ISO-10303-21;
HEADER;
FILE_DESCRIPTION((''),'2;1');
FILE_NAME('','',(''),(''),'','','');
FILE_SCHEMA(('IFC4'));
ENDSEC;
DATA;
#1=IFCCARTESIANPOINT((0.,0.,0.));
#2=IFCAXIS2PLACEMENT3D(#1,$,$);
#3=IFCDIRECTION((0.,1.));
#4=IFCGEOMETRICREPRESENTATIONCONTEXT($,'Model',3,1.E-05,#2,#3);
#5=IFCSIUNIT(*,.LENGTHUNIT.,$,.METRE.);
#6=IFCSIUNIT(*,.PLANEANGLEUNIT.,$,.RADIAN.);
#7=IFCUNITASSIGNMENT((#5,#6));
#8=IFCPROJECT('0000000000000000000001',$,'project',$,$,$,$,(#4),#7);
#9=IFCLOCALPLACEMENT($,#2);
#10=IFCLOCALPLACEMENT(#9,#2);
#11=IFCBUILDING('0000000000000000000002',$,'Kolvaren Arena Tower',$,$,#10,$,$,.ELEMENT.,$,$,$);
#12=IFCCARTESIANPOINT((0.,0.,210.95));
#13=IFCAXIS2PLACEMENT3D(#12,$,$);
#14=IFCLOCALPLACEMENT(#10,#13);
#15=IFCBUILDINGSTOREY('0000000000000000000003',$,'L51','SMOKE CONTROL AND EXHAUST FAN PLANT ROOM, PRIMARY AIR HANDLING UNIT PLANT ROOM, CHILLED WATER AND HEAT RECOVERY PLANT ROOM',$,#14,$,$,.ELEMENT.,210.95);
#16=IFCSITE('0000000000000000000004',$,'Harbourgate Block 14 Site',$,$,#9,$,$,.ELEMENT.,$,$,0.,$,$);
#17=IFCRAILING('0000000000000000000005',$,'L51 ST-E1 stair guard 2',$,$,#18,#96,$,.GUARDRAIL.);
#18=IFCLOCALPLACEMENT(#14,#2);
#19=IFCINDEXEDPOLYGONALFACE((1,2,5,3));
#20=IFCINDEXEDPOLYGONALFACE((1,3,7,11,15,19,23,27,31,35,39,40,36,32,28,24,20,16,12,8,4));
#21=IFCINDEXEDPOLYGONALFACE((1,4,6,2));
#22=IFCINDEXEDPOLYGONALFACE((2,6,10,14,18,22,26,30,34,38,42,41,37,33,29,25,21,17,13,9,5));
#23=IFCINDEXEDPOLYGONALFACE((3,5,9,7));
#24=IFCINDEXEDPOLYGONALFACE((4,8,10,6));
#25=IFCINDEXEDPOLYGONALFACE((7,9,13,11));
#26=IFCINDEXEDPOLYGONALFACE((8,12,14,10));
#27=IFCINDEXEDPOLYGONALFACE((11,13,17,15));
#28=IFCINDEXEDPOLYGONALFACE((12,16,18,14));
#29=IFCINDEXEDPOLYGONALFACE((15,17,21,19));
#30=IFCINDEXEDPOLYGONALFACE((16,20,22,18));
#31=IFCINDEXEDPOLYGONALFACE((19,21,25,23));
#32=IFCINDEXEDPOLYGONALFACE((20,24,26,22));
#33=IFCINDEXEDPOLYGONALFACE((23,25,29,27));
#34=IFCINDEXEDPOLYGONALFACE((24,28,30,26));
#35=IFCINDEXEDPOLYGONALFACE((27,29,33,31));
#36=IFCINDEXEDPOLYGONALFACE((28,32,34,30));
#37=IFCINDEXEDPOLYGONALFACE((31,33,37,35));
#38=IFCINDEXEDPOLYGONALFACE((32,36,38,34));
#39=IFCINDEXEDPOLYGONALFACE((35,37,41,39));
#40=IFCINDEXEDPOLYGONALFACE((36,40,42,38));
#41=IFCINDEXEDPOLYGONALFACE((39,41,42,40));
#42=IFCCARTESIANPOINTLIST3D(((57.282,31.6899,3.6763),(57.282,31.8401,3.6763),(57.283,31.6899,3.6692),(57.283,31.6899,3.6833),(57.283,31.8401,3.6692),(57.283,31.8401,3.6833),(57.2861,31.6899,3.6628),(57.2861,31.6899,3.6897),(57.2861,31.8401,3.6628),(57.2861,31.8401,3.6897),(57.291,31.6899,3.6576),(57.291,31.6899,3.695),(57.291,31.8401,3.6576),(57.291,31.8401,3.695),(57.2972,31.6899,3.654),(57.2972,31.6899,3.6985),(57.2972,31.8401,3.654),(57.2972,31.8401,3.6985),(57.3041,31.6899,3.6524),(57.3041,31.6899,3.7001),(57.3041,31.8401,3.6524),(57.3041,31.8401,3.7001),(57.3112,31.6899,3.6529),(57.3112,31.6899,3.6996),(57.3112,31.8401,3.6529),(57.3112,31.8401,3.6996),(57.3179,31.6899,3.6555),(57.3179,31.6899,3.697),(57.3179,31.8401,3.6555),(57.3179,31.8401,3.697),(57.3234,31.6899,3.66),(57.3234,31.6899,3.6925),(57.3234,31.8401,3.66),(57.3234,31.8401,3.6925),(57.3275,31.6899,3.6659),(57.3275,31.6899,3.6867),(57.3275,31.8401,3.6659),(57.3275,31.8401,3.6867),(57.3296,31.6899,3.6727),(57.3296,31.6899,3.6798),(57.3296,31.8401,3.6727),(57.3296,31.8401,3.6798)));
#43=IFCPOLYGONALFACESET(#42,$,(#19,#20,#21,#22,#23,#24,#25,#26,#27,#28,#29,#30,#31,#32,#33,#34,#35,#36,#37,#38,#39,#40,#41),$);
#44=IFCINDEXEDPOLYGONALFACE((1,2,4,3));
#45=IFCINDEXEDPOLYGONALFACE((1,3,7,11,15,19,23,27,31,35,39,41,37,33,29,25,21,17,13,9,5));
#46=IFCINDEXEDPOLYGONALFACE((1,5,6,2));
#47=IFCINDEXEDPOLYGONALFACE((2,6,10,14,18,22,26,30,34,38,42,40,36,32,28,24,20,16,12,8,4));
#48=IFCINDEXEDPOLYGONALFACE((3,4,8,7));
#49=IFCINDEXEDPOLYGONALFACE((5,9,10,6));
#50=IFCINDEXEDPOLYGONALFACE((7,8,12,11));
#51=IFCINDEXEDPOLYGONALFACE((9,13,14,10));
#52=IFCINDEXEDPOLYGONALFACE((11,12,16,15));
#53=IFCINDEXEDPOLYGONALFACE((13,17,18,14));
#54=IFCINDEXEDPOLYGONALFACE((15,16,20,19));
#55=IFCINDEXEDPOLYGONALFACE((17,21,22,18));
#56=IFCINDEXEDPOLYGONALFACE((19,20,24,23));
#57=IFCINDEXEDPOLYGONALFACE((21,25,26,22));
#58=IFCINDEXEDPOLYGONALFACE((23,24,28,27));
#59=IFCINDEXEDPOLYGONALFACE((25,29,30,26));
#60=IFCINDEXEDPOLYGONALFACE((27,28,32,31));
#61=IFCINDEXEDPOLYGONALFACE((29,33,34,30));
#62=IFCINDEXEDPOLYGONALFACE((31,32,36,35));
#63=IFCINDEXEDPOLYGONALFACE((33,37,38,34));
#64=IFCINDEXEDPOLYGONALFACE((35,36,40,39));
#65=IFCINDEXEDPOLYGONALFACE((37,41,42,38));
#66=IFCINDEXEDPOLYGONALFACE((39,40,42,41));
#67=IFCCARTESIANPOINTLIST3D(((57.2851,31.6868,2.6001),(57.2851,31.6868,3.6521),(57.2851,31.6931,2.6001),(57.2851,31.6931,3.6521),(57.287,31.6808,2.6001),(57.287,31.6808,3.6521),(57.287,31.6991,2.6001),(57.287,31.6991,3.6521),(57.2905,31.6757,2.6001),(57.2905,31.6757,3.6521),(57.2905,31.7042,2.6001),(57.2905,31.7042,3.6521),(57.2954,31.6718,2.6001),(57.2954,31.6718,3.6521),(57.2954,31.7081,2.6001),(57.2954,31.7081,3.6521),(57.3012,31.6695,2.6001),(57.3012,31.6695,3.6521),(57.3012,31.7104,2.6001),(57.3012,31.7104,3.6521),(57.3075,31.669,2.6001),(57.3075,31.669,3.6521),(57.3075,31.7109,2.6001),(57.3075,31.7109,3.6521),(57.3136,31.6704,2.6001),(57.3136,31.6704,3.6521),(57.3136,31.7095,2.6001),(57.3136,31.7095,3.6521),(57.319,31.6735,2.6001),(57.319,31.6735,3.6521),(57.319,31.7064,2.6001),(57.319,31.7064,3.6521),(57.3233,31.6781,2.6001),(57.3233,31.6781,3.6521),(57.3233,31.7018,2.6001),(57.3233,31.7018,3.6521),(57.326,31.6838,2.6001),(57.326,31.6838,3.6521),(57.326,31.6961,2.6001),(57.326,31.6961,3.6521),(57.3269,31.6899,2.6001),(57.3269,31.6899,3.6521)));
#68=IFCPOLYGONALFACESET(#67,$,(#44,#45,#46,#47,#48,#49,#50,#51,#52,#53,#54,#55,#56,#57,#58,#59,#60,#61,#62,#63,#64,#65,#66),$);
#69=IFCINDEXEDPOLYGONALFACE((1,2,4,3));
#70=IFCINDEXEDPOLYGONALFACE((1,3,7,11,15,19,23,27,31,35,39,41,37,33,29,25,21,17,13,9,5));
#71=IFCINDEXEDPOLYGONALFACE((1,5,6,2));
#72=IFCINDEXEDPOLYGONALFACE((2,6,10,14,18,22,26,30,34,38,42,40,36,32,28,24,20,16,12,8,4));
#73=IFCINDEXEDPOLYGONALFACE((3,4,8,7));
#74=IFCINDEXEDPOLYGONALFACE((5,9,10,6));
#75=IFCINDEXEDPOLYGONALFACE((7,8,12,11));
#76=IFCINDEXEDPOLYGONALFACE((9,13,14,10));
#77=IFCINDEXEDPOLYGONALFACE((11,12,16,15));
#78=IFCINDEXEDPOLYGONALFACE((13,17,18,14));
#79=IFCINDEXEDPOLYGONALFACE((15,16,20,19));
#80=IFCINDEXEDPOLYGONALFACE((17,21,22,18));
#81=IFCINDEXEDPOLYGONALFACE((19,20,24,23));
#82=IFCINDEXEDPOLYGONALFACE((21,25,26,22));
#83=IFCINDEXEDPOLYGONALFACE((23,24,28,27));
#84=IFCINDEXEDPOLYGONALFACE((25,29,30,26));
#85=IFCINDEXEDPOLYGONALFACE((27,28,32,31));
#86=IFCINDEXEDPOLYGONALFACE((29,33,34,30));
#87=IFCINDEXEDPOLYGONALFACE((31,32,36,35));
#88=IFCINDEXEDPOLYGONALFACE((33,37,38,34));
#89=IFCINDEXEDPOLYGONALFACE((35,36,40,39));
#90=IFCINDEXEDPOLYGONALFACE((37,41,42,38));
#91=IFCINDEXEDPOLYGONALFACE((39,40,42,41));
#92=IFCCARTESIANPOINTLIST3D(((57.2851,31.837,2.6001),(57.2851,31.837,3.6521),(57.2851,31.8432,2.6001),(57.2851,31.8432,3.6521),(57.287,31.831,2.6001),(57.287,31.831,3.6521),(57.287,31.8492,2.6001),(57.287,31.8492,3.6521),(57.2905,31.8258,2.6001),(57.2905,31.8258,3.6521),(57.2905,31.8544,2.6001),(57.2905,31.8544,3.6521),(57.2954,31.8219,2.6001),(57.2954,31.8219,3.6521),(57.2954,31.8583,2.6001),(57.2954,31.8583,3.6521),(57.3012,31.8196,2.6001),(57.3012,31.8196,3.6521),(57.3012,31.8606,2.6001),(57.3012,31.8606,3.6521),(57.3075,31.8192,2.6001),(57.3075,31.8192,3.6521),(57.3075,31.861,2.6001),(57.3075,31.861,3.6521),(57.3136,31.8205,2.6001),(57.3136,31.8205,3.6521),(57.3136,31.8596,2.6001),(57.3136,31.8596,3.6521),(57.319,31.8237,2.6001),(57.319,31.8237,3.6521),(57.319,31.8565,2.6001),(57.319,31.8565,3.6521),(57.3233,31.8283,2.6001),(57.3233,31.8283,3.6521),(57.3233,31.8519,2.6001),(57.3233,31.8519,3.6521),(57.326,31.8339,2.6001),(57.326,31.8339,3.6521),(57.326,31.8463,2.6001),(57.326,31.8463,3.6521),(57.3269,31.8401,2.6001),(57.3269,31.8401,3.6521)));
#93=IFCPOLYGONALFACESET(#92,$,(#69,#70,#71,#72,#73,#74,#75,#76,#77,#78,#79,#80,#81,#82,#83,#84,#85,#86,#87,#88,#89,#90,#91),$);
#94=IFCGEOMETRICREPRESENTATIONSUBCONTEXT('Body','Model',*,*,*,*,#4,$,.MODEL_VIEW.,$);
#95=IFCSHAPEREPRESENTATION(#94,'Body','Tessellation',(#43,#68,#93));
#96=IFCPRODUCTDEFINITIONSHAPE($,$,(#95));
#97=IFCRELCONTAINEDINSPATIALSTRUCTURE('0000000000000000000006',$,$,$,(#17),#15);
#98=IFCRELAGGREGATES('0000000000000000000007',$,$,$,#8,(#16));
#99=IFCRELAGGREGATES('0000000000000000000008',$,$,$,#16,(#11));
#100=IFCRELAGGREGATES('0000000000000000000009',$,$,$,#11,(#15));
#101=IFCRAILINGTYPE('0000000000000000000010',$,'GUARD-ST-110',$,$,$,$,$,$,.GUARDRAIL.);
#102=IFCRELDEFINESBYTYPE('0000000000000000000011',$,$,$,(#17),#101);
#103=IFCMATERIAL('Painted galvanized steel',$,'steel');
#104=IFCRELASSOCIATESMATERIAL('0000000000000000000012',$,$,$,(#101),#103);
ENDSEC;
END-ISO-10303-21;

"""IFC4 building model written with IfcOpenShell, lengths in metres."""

from ifc_helpers import new_model, si_unit, direction, frame, origin, origin_2d, place, context, subcontext, project, spatial, circle, extrude, material, type_object, element, save


model = new_model("IFC4")

# Units and contexts
model_context = context("Model", 3, precision=1e-05, world=origin(), true_north=direction((0.0, 1.0)))
body_context = subcontext(model_context, "Body", "Model", "MODEL_VIEW")
ifc_project = project(units=[si_unit("LENGTHUNIT", "METRE"), si_unit("PLANEANGLEUNIT", "RADIAN")], contexts=[model_context])

# Site, building, storey
site_placement = place(None, origin())
site = spatial("IfcSite", under=ifc_project, at=site_placement, Name="Harbourgate Block 14 Site", CompositionType="ELEMENT", RefElevation=0.0)
building_placement = place(site_placement, origin())
building = spatial("IfcBuilding", under=site, at=building_placement, Name="Kolvaren Arena Tower", CompositionType="ELEMENT")
storey_placement = place(building_placement, frame((0.0, 0.0, 210.95)))
storey = spatial("IfcBuildingStorey", under=building, at=storey_placement, Name="L51", Description="SMOKE CONTROL AND EXHAUST FAN PLANT ROOM, PRIMARY AIR HANDLING UNIT PLANT ROOM, CHILLED WATER AND HEAT RECOVERY PLANT ROOM", CompositionType="ELEMENT", Elevation=210.95)

# Railing
ifc_material_1 = material(Name="Painted galvanized steel", Category="steel")
railing_type_1 = type_object("IfcRailingType", Name="GUARD-ST-110", PredefinedType="GUARDRAIL", material=ifc_material_1)
railing_1_placement = place(storey_placement, frame((57.3059, 31.6899, 2.6001)))
element("IfcRailing", 1, at=railing_1_placement, inside=storey, type_object=railing_type_1, Name="L51 ST-E1 stair guard 2", PredefinedType="GUARDRAIL", context=body_context, shape_type="SweptSolid", body=[
    extrude(circle(Radius=0.0239, at=origin_2d()), frame((0.0, 0.0, 1.0762), z_axis=(0.0, 1.0, 0.0), x_axis=(-1.0, 0.0, 0.0)), (0.0, 0.0, 1.0), 0.1501),
    extrude(circle(Radius=0.021, at=origin_2d()), origin(), (0.0, 0.0, 1.0), 1.052),
    extrude(circle(Radius=0.021, at=origin_2d()), frame((0.0, 0.1501, 0.0)), (0.0, 0.0, 1.0), 1.052),
])

save(model, "model.ifc")
